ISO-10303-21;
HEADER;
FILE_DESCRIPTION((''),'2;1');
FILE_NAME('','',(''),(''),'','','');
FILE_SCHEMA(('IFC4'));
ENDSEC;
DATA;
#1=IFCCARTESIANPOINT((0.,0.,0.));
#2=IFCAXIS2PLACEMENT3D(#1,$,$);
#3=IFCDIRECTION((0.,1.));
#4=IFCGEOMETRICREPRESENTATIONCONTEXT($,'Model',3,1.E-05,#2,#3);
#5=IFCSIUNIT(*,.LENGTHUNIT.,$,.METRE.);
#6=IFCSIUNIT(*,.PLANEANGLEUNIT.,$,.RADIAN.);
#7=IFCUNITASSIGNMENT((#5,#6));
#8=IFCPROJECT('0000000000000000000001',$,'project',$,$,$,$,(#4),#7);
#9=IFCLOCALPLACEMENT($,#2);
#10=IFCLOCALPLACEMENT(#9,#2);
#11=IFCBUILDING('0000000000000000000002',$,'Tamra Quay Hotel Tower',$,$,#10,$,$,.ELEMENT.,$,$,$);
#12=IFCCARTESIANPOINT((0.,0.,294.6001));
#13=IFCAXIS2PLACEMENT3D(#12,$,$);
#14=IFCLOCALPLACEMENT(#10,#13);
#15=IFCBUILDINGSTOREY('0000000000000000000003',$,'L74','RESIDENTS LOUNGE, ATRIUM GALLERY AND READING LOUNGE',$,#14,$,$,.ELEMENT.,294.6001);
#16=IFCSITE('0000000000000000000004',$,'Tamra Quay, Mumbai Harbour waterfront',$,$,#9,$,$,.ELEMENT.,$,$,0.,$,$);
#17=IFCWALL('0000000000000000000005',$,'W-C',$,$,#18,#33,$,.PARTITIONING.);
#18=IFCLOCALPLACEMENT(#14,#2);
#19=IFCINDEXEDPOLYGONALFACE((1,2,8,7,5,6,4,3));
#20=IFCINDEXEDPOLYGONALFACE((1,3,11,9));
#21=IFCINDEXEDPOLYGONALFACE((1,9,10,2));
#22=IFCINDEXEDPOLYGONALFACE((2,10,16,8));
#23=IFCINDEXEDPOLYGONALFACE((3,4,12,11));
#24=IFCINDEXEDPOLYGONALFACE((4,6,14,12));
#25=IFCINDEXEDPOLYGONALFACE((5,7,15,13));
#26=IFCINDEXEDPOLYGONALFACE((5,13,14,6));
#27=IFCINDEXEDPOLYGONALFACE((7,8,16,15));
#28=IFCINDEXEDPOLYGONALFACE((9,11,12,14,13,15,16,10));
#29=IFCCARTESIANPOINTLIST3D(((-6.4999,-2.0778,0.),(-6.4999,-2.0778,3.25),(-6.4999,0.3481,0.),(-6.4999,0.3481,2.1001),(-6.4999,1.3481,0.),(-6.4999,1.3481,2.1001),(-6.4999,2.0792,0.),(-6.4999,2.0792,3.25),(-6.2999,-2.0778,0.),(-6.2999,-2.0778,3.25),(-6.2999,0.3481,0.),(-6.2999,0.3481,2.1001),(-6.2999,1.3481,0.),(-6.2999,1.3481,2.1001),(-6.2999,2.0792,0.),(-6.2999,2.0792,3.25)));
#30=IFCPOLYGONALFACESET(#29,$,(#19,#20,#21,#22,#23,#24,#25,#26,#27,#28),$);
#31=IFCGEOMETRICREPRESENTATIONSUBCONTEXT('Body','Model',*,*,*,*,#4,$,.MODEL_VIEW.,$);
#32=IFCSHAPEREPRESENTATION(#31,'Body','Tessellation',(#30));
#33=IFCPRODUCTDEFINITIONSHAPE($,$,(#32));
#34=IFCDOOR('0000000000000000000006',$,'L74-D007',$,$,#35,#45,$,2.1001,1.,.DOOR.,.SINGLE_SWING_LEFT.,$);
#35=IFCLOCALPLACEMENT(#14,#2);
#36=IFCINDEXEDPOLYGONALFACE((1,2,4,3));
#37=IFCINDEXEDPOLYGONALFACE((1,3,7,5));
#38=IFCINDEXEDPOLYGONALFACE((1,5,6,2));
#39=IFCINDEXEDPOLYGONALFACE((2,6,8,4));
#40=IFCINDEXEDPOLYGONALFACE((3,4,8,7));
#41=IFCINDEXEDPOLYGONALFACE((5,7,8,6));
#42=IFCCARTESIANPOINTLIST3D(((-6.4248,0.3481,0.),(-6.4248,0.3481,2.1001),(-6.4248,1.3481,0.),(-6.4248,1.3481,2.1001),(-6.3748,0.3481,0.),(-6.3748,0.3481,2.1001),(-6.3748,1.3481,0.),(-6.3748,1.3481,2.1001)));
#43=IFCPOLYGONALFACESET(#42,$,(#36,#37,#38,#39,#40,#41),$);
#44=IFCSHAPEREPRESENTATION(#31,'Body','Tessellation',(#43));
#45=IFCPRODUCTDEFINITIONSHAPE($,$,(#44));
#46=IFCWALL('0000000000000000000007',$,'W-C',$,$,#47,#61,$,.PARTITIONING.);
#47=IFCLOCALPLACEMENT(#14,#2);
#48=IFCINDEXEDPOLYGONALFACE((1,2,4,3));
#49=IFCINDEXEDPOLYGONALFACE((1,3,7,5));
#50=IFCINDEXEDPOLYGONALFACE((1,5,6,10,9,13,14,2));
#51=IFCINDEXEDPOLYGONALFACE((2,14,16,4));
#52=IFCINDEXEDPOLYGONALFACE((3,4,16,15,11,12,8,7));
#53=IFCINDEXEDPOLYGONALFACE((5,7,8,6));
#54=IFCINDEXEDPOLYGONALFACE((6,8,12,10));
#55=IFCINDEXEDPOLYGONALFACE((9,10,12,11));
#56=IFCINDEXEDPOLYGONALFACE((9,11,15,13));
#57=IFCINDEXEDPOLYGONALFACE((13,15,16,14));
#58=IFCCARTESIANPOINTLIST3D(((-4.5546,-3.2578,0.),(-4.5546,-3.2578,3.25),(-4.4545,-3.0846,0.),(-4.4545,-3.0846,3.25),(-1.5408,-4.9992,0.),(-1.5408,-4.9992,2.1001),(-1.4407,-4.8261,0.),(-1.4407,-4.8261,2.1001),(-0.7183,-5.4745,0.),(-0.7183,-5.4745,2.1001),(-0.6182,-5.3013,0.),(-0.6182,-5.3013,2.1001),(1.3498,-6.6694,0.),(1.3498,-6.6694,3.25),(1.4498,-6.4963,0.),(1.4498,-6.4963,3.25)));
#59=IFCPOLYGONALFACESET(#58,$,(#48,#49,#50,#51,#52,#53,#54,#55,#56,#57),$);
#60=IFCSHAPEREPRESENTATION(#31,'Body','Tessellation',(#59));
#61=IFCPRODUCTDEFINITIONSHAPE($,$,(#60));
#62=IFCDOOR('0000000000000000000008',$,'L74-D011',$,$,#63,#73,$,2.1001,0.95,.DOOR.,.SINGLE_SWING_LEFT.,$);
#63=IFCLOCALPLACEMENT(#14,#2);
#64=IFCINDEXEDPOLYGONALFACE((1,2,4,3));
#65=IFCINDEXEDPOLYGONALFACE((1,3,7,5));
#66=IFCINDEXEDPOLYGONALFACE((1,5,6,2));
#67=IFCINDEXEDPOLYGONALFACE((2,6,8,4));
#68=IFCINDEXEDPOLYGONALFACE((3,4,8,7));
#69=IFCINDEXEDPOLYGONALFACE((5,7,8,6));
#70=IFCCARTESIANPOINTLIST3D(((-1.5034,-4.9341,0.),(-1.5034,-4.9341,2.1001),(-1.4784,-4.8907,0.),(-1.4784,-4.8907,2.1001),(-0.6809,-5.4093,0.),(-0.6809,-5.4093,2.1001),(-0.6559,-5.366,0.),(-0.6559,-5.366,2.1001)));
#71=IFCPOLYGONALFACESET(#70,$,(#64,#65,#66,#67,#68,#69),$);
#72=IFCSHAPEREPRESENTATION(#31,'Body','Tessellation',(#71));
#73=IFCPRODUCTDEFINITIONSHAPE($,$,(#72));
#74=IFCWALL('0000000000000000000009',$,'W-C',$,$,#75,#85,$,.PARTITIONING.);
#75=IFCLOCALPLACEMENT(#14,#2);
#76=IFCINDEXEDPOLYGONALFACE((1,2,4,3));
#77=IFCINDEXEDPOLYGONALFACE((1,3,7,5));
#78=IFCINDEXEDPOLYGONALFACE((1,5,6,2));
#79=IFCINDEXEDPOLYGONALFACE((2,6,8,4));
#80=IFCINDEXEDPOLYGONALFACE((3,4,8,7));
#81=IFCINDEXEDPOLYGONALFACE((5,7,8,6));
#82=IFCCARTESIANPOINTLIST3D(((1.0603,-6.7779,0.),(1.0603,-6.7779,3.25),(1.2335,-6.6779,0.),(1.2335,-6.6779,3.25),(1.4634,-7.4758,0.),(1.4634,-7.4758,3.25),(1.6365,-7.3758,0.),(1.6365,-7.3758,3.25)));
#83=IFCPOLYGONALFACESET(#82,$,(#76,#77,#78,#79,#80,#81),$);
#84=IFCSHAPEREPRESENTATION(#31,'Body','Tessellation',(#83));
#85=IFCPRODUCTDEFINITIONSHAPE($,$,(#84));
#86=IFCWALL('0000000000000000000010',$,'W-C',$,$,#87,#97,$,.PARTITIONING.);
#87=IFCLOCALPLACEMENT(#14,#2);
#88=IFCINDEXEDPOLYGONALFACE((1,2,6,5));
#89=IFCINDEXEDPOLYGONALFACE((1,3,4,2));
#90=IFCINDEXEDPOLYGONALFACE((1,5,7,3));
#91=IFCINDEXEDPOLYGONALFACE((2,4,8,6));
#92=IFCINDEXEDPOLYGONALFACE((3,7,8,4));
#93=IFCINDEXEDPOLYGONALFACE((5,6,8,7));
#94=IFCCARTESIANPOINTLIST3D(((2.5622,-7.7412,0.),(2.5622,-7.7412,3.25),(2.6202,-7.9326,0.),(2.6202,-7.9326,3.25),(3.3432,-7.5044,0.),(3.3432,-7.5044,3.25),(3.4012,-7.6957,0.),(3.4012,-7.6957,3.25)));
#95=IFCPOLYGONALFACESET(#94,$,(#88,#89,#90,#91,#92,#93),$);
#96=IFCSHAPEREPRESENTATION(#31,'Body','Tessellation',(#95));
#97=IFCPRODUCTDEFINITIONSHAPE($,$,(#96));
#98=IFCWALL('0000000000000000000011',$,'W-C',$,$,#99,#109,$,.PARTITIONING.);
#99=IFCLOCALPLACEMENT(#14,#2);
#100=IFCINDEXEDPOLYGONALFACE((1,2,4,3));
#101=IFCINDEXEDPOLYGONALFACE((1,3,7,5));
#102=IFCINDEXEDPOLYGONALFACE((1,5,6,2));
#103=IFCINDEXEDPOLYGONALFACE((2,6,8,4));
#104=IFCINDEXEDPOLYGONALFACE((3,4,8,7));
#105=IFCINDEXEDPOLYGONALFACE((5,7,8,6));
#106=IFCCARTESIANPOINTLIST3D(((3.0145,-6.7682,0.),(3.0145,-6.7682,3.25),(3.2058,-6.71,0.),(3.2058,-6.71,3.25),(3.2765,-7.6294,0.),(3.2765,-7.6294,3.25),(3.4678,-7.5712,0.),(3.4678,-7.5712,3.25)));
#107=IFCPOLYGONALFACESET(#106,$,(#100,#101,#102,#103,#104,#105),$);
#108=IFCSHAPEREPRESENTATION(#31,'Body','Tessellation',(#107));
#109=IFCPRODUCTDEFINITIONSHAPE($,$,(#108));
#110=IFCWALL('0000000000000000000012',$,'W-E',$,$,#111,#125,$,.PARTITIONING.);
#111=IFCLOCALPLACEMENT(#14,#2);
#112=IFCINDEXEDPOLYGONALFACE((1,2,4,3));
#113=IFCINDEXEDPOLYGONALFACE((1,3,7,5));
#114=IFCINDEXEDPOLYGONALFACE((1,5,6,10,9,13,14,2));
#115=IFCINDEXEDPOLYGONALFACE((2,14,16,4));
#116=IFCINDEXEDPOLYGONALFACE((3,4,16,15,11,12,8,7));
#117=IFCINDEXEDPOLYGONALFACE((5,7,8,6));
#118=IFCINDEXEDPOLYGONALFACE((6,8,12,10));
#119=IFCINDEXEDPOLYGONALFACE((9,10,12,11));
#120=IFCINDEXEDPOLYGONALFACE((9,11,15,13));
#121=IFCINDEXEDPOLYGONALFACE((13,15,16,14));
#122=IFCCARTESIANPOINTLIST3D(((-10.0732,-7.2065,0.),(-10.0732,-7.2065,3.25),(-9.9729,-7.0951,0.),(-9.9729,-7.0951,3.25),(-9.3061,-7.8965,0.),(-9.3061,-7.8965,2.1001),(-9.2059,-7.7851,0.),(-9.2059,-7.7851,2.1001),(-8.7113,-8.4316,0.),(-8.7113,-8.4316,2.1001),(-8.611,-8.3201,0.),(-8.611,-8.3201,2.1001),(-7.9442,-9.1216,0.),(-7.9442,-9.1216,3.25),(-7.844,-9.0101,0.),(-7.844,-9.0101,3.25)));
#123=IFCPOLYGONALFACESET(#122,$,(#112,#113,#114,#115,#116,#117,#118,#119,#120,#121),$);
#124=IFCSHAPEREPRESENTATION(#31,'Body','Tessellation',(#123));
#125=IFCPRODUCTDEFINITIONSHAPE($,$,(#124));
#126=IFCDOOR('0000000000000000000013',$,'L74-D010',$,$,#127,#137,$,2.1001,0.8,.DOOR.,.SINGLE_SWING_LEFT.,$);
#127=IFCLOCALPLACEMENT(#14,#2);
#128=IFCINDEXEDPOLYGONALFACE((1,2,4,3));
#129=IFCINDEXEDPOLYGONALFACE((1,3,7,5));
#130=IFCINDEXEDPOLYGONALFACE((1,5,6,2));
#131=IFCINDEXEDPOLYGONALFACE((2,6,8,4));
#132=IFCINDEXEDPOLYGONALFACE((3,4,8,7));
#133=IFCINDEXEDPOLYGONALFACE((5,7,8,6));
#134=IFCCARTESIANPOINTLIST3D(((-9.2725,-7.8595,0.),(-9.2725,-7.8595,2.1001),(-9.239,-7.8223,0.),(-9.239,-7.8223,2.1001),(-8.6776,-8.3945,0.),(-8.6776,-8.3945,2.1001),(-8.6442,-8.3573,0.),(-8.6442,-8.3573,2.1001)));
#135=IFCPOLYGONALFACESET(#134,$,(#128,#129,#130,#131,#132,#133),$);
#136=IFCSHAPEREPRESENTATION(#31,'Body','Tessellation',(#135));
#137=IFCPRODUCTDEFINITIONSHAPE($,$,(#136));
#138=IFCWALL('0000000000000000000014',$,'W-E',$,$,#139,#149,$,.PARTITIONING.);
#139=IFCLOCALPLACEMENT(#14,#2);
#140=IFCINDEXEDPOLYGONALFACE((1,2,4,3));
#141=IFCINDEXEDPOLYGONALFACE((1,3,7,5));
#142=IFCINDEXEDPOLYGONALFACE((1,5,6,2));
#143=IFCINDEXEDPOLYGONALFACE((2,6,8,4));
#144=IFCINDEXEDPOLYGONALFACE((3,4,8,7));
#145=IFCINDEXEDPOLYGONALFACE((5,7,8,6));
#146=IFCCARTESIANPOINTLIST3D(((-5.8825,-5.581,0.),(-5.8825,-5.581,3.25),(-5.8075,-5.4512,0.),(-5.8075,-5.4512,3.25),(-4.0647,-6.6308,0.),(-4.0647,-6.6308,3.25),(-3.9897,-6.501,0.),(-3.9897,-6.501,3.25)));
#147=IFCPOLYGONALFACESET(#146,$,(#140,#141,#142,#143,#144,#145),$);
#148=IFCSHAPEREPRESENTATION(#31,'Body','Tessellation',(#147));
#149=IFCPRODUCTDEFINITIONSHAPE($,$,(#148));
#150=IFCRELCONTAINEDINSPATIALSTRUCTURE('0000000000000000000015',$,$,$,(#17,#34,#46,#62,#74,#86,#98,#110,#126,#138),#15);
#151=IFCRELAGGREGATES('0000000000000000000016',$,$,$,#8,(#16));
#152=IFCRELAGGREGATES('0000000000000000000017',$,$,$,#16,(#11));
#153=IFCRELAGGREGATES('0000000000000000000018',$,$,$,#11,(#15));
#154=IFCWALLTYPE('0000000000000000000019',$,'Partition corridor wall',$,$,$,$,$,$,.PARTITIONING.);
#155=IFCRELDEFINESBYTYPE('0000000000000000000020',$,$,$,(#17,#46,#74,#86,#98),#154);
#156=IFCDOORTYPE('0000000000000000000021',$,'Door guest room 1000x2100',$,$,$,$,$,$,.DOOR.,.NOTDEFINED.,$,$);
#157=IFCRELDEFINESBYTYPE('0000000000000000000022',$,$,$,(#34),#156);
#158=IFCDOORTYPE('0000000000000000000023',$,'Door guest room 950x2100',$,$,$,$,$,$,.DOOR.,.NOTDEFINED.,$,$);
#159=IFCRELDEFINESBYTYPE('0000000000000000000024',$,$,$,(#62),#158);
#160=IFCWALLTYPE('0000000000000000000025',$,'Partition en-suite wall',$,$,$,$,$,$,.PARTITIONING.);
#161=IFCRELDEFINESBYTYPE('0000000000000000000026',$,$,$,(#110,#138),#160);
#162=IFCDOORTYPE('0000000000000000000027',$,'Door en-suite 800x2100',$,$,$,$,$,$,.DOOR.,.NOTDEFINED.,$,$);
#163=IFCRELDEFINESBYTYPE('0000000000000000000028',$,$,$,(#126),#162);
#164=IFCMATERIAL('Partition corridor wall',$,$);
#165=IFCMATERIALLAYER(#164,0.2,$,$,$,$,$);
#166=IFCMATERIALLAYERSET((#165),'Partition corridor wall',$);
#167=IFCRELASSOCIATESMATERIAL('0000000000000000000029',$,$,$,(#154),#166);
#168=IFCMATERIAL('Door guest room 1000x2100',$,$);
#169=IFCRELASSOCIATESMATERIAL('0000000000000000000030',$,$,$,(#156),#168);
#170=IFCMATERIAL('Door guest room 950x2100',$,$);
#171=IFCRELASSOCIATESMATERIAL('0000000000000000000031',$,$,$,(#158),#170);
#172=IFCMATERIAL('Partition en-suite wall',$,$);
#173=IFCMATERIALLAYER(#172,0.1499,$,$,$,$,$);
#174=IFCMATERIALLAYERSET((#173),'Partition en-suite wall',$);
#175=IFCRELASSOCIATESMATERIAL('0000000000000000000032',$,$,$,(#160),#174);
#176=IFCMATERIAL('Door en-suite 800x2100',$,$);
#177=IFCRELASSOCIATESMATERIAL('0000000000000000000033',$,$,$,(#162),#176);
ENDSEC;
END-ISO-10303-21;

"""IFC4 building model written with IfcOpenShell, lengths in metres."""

from ifc_helpers import new_model, si_unit, direction, frame, frame_2d, origin, place, context, subcontext, project, spatial, rectangle, extrude, material, layer, layer_set, type_object, element, fill, save


model = new_model("IFC4")

# Units and contexts
model_context = context("Model", 3, precision=1e-05, world=origin(), true_north=direction((0.0, 1.0)))
body_context = subcontext(model_context, "Body", "Model", "MODEL_VIEW")
ifc_project = project(units=[si_unit("LENGTHUNIT", "METRE"), si_unit("PLANEANGLEUNIT", "RADIAN")], contexts=[model_context])

# Site, building, storey
site_placement = place(None, origin())
site = spatial("IfcSite", under=ifc_project, at=site_placement, Name="Tamra Quay, Mumbai Harbour waterfront", CompositionType="ELEMENT", RefElevation=0.0)
building_placement = place(site_placement, origin())
building = spatial("IfcBuilding", under=site, at=building_placement, Name="Tamra Quay Hotel Tower", CompositionType="ELEMENT")
storey_placement = place(building_placement, frame((0.0, 0.0, 294.6001)))
storey = spatial("IfcBuildingStorey", under=building, at=storey_placement, Name="L74", Description="RESIDENTS LOUNGE, ATRIUM GALLERY AND READING LOUNGE", CompositionType="ELEMENT", Elevation=294.6001)

# Shared definitions
ifc_material_1 = material(Name="Partition corridor wall")
ifc_layer_1 = layer(ifc_material_1, 0.2)
ifc_layer_set_1 = layer_set([ifc_layer_1], Name="Partition corridor wall")
wall_type_1 = type_object("IfcWallType", Name="Partition corridor wall", PredefinedType="PARTITIONING", material=ifc_layer_set_1)

# Walls, openings, doors
wall_1_placement = place(storey_placement, frame((-6.3999, -2.0779, 0.0), z_axis=(0.0, 0.0, 1.0), x_axis=(0.0, 1.0, 0.0)))
wall_1 = element("IfcWall", 1, at=wall_1_placement, inside=storey, type_object=wall_type_1, Name="W-C", PredefinedType="PARTITIONING", context=body_context, shape_type="SweptSolid", body=[
    extrude(rectangle(XDim=4.157, YDim=0.2, at=frame_2d((2.0786, 0.0))), origin(), (0.0, 0.0, 1.0), 3.25),
])
opening_1_placement = place(wall_1_placement, frame((2.426, 0.0, 0.0)))
opening_1 = element("IfcOpeningElement", 2, at=opening_1_placement, cuts=wall_1, PredefinedType="OPENING", context=body_context, shape_type="SweptSolid", body=[
    extrude(rectangle(XDim=1.0, YDim=2.1001, at=frame_2d((0.5, 1.05))), frame((0.0, 0.1099, 0.0), z_axis=(0.0, -1.0, 0.0), x_axis=(1.0, 0.0, 0.0)), (0.0, 0.0, 1.0), 0.22),
])
ifc_material_2 = material(Name="Door guest room 1000x2100")
door_type_1 = type_object("IfcDoorType", Name="Door guest room 1000x2100", OperationType="NOTDEFINED", PredefinedType="DOOR", material=ifc_material_2)
door_1_placement = place(opening_1_placement, origin())
door_1 = element("IfcDoor", 3, at=door_1_placement, inside=storey, type_object=door_type_1, Name="L74-D007", OperationType="SINGLE_SWING_LEFT", OverallHeight=2.1001, OverallWidth=1.0, PredefinedType="DOOR", context=body_context, shape_type="SweptSolid", body=[
    extrude(rectangle(XDim=1.0, YDim=2.1001, at=frame_2d((0.5, 1.05))), frame((0.0, 0.0249, 0.0), z_axis=(0.0, -1.0, 0.0), x_axis=(1.0, 0.0, 0.0)), (0.0, 0.0, 1.0), 0.05),
])
fill(opening_1, door_1)
wall_2_placement = place(storey_placement, frame((-4.5046, -3.1711, 0.0), z_axis=(0.0, 0.0, 1.0), x_axis=(0.865849, -0.500305, 0.0)))
wall_2 = element("IfcWall", 4, at=wall_2_placement, inside=storey, type_object=wall_type_1, Name="W-C", PredefinedType="PARTITIONING", context=body_context, shape_type="SweptSolid", body=[
    extrude(rectangle(XDim=6.8191, YDim=0.2, at=frame_2d((3.4097, 0.0))), origin(), (0.0, 0.0, 1.0), 3.25),
])
opening_2_placement = place(wall_2_placement, frame((3.4807, 0.0, 0.0)))
opening_2 = element("IfcOpeningElement", 5, at=opening_2_placement, cuts=wall_2, PredefinedType="OPENING", context=body_context, shape_type="SweptSolid", body=[
    extrude(rectangle(XDim=0.95, YDim=2.1001, at=frame_2d((0.4751, 1.05))), frame((0.0, 0.1099, 0.0), z_axis=(0.0, -1.0, 0.0), x_axis=(1.0, 0.0, 0.0)), (0.0, 0.0, 1.0), 0.22),
])
ifc_material_3 = material(Name="Door guest room 950x2100")
door_type_2 = type_object("IfcDoorType", Name="Door guest room 950x2100", OperationType="NOTDEFINED", PredefinedType="DOOR", material=ifc_material_3)
door_2_placement = place(opening_2_placement, frame((0.95, 0.0, 0.0), z_axis=(0.0, 0.0, 1.0), x_axis=(-1.0, 0.0, 0.0)))
door_2 = element("IfcDoor", 6, at=door_2_placement, inside=storey, type_object=door_type_2, Name="L74-D011", OperationType="SINGLE_SWING_LEFT", OverallHeight=2.1001, OverallWidth=0.95, PredefinedType="DOOR", context=body_context, shape_type="SweptSolid", body=[
    extrude(rectangle(XDim=0.95, YDim=2.1001, at=frame_2d((0.4751, 1.05))), frame((0.0, 0.0249, 0.0), z_axis=(0.0, -1.0, 0.0), x_axis=(1.0, 0.0, 0.0)), (0.0, 0.0, 1.0), 0.05),
])
fill(opening_2, door_2)

# Walls
wall_3_placement = place(storey_placement, frame((1.147, -6.728, 0.0), z_axis=(0.0, 0.0, 1.0), x_axis=(0.500081, -0.865979, 0.0)))
element("IfcWall", 7, at=wall_3_placement, inside=storey, type_object=wall_type_1, Name="W-C", PredefinedType="PARTITIONING", context=body_context, shape_type="SweptSolid", body=[
    extrude(rectangle(XDim=0.8059, YDim=0.2, at=frame_2d((0.4028, 0.0))), origin(), (0.0, 0.0, 1.0), 3.25),
])
wall_4_placement = place(storey_placement, frame((2.5911, -7.8369, 0.0), z_axis=(0.0, 0.0, 1.0), x_axis=(0.956974, 0.290173, 0.0)))
element("IfcWall", 8, at=wall_4_placement, inside=storey, type_object=wall_type_1, Name="W-C", PredefinedType="PARTITIONING", context=body_context, shape_type="SweptSolid", body=[
    extrude(rectangle(XDim=0.8162, YDim=0.2, at=frame_2d((0.4082, 0.0))), origin(), (0.0, 0.0, 1.0), 3.25),
])
wall_5_placement = place(storey_placement, frame((3.1101, -6.739, 0.0), z_axis=(0.0, 0.0, 1.0), x_axis=(0.291054, -0.956707, 0.0)))
element("IfcWall", 9, at=wall_5_placement, inside=storey, type_object=wall_type_1, Name="W-C", PredefinedType="PARTITIONING", context=body_context, shape_type="SweptSolid", body=[
    extrude(rectangle(XDim=0.9001, YDim=0.2, at=frame_2d((0.4502, 0.0))), origin(), (0.0, 0.0, 1.0), 3.25),
])

# Wall, opening, door
ifc_material_4 = material(Name="Partition en-suite wall")
ifc_layer_2 = layer(ifc_material_4, 0.1499)
ifc_layer_set_2 = layer_set([ifc_layer_2], Name="Partition en-suite wall")
wall_type_2 = type_object("IfcWallType", Name="Partition en-suite wall", PredefinedType="PARTITIONING", material=ifc_layer_set_2)
wall_6_placement = place(storey_placement, frame((-10.0229, -7.1509, 0.0), z_axis=(0.0, 0.0, 1.0), x_axis=(0.743464, -0.668776, 0.0)))
wall_6 = element("IfcWall", 10, at=wall_6_placement, inside=storey, type_object=wall_type_2, Name="W-E", PredefinedType="PARTITIONING", context=body_context, shape_type="SweptSolid", body=[
    extrude(rectangle(XDim=2.8635, YDim=0.1499, at=frame_2d((1.4316, 0.0))), origin(), (0.0, 0.0, 1.0), 3.25),
])
opening_3_placement = place(wall_6_placement, frame((1.0317, 0.0, 0.0)))
opening_3 = element("IfcOpeningElement", 11, at=opening_3_placement, cuts=wall_6, PredefinedType="OPENING", context=body_context, shape_type="SweptSolid", body=[
    extrude(rectangle(XDim=0.8, YDim=2.1001, at=frame_2d((0.3999, 1.05))), frame((0.0, 0.085, 0.0), z_axis=(0.0, -1.0, 0.0), x_axis=(1.0, 0.0, 0.0)), (0.0, 0.0, 1.0), 0.1699),
])
ifc_material_5 = material(Name="Door en-suite 800x2100")
door_type_3 = type_object("IfcDoorType", Name="Door en-suite 800x2100", OperationType="NOTDEFINED", PredefinedType="DOOR", material=ifc_material_5)
door_3_placement = place(opening_3_placement, frame((0.8, 0.0, 0.0), z_axis=(0.0, 0.0, 1.0), x_axis=(-1.0, 0.0, 0.0)))
door_3 = element("IfcDoor", 12, at=door_3_placement, inside=storey, type_object=door_type_3, Name="L74-D010", OperationType="SINGLE_SWING_LEFT", OverallHeight=2.1001, OverallWidth=0.8, PredefinedType="DOOR", context=body_context, shape_type="SweptSolid", body=[
    extrude(rectangle(XDim=0.8, YDim=2.1001, at=frame_2d((0.3999, 1.05))), frame((0.0, 0.0249, 0.0), z_axis=(0.0, -1.0, 0.0), x_axis=(1.0, 0.0, 0.0)), (0.0, 0.0, 1.0), 0.05),
])
fill(opening_3, door_3)

# Wall
wall_7_placement = place(storey_placement, frame((-5.845, -5.5161, 0.0), z_axis=(0.0, 0.0, 1.0), x_axis=(0.865973, -0.500092, 0.0)))
element("IfcWall", 13, at=wall_7_placement, inside=storey, type_object=wall_type_2, Name="W-E", PredefinedType="PARTITIONING", context=body_context, shape_type="SweptSolid", body=[
    extrude(rectangle(XDim=2.0991, YDim=0.1499, at=frame_2d((1.0496, 0.0))), origin(), (0.0, 0.0, 1.0), 3.25),
])

save(model, "model.ifc")
